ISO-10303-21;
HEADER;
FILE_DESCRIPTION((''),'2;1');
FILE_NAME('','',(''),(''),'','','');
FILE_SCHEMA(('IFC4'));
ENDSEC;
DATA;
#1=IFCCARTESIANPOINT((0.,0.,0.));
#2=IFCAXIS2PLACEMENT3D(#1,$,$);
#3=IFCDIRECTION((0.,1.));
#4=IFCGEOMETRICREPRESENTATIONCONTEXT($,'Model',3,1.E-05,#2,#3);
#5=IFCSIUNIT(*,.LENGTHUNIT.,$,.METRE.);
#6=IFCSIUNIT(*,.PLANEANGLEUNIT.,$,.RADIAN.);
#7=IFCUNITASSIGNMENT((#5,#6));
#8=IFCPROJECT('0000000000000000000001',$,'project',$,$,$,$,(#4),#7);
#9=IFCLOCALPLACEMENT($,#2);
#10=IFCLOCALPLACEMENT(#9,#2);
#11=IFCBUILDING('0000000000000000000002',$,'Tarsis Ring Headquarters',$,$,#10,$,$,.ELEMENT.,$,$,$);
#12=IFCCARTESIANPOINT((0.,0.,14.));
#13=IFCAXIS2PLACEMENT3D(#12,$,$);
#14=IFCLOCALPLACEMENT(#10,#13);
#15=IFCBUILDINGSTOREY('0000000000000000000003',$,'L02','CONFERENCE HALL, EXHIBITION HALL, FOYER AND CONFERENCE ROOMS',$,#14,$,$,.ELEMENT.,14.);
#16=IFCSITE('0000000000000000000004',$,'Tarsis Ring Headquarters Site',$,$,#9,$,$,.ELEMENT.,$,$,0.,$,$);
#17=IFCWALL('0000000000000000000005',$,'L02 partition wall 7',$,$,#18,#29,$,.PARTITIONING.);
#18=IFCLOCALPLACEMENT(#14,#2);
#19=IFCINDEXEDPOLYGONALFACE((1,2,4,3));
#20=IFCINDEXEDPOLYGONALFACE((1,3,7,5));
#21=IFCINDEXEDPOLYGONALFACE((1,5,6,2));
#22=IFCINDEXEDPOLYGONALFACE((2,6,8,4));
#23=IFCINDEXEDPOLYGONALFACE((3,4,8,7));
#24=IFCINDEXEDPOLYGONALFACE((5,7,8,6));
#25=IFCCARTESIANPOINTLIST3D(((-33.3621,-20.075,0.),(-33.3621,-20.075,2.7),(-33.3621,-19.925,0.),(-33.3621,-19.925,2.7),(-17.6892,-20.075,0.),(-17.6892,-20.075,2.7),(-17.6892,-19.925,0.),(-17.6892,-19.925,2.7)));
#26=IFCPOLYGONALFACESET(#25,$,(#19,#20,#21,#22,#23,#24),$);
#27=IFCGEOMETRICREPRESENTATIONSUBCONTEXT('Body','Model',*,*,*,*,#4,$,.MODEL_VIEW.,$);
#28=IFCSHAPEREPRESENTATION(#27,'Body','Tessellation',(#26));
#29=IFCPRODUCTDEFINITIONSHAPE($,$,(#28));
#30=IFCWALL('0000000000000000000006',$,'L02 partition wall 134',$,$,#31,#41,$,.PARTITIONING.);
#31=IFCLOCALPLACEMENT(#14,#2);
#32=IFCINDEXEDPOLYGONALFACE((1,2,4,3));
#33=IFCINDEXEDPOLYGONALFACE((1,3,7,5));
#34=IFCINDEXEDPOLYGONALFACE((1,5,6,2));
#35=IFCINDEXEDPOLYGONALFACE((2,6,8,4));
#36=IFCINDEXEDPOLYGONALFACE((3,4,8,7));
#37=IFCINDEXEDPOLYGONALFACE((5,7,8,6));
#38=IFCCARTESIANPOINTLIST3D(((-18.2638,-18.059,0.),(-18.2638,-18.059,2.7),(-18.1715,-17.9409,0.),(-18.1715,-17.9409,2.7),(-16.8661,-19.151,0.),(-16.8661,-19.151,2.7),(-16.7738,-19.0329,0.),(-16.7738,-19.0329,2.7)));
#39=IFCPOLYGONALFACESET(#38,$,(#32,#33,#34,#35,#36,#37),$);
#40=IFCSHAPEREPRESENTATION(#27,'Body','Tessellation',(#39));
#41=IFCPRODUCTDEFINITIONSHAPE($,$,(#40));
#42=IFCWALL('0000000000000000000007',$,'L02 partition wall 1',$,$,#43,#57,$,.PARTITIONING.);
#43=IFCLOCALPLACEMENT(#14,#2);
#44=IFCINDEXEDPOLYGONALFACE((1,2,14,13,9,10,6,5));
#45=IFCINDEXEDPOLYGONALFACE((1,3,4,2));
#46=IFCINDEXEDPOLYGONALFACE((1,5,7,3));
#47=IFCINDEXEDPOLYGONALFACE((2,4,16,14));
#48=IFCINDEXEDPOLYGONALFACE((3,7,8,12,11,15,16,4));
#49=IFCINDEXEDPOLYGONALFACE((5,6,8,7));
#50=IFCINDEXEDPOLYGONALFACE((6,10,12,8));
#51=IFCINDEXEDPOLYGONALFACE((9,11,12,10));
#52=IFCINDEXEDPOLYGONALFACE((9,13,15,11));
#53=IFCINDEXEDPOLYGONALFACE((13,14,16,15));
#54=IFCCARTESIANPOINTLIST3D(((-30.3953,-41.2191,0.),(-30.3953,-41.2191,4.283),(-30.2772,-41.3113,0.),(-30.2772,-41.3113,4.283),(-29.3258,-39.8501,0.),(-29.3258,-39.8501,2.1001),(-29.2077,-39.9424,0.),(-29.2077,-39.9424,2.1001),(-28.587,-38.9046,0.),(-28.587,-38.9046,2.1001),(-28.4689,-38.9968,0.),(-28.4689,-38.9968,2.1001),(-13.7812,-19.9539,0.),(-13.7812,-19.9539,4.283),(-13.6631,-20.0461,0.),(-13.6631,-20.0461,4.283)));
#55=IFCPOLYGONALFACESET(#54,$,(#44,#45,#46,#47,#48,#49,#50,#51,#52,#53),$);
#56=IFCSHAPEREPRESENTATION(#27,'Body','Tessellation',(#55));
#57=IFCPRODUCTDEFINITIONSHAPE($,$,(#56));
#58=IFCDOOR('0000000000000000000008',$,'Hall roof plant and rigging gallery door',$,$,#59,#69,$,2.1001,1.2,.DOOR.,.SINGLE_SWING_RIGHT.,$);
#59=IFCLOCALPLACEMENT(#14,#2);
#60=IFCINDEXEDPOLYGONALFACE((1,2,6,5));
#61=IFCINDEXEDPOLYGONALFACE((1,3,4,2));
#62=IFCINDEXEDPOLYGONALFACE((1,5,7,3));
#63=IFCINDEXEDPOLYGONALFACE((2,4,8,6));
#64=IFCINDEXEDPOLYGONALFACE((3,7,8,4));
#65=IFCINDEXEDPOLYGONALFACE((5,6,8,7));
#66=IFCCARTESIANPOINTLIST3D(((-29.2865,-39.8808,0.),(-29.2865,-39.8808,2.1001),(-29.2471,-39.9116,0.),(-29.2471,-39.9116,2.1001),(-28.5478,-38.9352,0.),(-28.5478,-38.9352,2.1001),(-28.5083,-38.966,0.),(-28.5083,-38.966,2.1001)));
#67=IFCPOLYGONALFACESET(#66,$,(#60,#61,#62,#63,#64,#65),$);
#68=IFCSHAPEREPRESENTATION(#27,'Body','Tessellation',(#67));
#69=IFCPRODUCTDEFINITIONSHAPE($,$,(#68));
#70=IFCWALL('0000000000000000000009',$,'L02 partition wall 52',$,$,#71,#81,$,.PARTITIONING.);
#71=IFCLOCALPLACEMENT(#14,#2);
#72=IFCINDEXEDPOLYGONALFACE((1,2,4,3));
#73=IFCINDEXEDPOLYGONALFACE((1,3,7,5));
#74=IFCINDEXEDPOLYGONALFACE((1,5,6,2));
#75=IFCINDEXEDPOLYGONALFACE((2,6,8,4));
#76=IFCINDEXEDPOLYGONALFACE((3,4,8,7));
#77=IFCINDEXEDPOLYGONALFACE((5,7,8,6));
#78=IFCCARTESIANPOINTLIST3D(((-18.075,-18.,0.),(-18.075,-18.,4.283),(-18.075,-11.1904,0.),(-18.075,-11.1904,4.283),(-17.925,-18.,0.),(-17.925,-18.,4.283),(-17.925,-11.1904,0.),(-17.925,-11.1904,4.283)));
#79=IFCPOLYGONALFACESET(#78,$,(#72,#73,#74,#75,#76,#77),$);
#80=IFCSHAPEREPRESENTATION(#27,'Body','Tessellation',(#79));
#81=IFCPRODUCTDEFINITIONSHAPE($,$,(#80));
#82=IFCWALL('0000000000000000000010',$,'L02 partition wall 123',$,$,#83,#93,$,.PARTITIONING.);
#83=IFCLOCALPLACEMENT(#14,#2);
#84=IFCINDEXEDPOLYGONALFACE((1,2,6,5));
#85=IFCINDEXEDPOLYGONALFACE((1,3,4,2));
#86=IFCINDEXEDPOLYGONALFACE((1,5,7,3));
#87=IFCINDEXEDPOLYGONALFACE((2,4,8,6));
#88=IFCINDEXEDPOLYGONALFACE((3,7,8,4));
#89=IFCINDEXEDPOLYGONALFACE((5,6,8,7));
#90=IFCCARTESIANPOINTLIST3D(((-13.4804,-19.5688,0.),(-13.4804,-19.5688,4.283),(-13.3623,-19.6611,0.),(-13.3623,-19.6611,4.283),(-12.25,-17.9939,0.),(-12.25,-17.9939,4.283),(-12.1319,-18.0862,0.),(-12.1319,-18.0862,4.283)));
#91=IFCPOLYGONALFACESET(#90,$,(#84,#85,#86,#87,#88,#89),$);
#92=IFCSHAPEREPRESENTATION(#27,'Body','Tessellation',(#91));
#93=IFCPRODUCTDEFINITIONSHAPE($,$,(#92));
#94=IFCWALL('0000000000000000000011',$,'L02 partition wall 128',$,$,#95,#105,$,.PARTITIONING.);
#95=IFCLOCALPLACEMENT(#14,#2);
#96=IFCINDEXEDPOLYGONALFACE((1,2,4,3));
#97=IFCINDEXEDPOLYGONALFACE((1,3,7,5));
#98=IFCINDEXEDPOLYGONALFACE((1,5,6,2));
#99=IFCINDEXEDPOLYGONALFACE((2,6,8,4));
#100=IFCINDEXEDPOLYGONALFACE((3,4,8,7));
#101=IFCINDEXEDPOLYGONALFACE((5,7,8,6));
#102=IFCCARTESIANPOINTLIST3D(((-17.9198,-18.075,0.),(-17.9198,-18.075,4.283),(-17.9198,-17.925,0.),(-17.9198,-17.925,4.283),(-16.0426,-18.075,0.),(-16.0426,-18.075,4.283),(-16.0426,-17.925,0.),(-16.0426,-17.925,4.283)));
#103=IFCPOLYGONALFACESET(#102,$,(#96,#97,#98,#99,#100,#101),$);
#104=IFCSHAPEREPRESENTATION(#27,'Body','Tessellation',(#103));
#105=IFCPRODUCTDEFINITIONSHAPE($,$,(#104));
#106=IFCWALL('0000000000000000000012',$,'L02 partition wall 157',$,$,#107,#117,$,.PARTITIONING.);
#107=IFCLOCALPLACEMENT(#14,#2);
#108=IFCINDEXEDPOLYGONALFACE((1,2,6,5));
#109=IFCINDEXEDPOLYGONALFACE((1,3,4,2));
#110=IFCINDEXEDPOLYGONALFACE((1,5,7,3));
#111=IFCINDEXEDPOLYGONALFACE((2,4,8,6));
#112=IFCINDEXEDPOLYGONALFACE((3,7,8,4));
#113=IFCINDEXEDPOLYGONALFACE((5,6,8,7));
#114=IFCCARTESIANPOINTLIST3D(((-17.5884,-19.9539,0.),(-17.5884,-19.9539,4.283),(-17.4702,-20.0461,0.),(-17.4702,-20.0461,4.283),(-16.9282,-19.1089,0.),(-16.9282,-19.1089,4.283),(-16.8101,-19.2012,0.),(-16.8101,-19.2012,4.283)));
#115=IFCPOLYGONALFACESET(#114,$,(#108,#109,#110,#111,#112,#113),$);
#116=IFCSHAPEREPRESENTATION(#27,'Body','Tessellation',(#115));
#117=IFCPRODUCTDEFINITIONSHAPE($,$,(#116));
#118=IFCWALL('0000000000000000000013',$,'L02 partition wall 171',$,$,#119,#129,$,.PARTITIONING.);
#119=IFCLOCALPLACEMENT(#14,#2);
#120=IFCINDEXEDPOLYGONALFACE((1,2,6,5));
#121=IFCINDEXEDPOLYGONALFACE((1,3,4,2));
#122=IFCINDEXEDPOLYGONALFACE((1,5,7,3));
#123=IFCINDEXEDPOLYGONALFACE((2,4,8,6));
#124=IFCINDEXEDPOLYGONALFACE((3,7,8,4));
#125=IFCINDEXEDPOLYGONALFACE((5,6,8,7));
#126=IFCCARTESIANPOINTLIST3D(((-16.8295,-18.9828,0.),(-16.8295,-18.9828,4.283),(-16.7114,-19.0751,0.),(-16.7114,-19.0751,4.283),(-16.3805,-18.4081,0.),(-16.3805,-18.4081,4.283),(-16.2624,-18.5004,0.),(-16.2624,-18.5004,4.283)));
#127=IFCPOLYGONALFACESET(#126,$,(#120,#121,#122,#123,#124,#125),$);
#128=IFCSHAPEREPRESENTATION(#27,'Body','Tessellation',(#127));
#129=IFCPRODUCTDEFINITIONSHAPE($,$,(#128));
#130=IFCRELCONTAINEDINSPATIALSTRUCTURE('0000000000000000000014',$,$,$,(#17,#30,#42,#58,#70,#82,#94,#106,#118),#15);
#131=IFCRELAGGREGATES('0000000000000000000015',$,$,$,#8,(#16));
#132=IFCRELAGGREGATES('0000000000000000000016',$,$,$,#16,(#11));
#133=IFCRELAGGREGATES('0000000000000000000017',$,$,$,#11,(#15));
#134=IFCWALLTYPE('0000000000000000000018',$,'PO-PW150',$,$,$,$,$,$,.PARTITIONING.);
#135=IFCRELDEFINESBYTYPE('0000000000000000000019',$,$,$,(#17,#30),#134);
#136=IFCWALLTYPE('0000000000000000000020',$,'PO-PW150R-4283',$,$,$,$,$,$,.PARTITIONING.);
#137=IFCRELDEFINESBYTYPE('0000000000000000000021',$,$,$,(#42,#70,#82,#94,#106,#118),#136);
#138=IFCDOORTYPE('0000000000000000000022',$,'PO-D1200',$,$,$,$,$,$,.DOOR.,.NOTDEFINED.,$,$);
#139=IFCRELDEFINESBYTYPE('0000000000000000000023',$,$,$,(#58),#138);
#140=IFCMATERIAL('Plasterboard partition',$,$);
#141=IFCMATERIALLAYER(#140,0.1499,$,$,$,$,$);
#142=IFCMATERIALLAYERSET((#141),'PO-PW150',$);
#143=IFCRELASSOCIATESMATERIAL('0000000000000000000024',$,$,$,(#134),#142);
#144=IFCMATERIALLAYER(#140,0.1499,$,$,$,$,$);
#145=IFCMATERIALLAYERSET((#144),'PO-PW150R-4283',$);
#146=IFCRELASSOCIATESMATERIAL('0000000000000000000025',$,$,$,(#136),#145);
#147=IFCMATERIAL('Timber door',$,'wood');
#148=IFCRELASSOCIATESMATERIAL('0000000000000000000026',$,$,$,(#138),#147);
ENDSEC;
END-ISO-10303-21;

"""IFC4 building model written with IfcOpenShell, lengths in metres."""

from ifc_helpers import new_model, si_unit, direction, frame, frame_2d, origin, place, context, subcontext, project, spatial, rectangle, extrude, material, layer, layer_set, type_object, element, fill, save


model = new_model("IFC4")

# Units and contexts
model_context = context("Model", 3, precision=1e-05, world=origin(), true_north=direction((0.0, 1.0)))
body_context = subcontext(model_context, "Body", "Model", "MODEL_VIEW")
ifc_project = project(units=[si_unit("LENGTHUNIT", "METRE"), si_unit("PLANEANGLEUNIT", "RADIAN")], contexts=[model_context])

# Site, building, storey
site_placement = place(None, origin())
site = spatial("IfcSite", under=ifc_project, at=site_placement, Name="Tarsis Ring Headquarters Site", CompositionType="ELEMENT", RefElevation=0.0)
building_placement = place(site_placement, origin())
building = spatial("IfcBuilding", under=site, at=building_placement, Name="Tarsis Ring Headquarters", CompositionType="ELEMENT")
storey_placement = place(building_placement, frame((0.0, 0.0, 14.0)))
storey = spatial("IfcBuildingStorey", under=building, at=storey_placement, Name="L02", Description="CONFERENCE HALL, EXHIBITION HALL, FOYER AND CONFERENCE ROOMS", CompositionType="ELEMENT", Elevation=14.0)

# Walls
ifc_material_1 = material(Name="Plasterboard partition")
ifc_layer_1 = layer(ifc_material_1, 0.1499)
ifc_layer_set_1 = layer_set([ifc_layer_1], Name="PO-PW150")
wall_type_1 = type_object("IfcWallType", Name="PO-PW150", PredefinedType="PARTITIONING", material=ifc_layer_set_1)
wall_1_placement = place(storey_placement, frame((-17.6892, -20.0, 0.0), z_axis=(0.0, 0.0, 1.0), x_axis=(-1.0, 0.0, 0.0)))
element("IfcWall", 1, at=wall_1_placement, inside=storey, type_object=wall_type_1, Name="L02 partition wall 7", PredefinedType="PARTITIONING", context=body_context, shape_type="SweptSolid", body=[
    extrude(rectangle(XDim=15.6729, YDim=0.1499, at=frame_2d((7.8364, 0.0))), origin(), (0.0, 0.0, 1.0), 2.7),
])
wall_2_placement = place(storey_placement, frame((-18.2175, -18.0, 0.0), z_axis=(0.0, 0.0, 1.0), x_axis=(0.788001, -0.615673, 0.0)))
element("IfcWall", 2, at=wall_2_placement, inside=storey, type_object=wall_type_1, Name="L02 partition wall 134", PredefinedType="PARTITIONING", context=body_context, shape_type="SweptSolid", body=[
    extrude(rectangle(XDim=1.7737, YDim=0.1499, at=frame_2d((0.8867, 0.0))), origin(), (0.0, 0.0, 1.0), 2.7),
])

# Wall, opening, door
ifc_layer_2 = layer(ifc_material_1, 0.1499)
ifc_layer_set_2 = layer_set([ifc_layer_2], Name="PO-PW150R-4283")
wall_type_2 = type_object("IfcWallType", Name="PO-PW150R-4283", PredefinedType="PARTITIONING", material=ifc_layer_set_2)
wall_3_placement = place(storey_placement, frame((-13.7222, -20.0, 0.0), z_axis=(0.0, 0.0, 1.0), x_axis=(-0.615658, -0.788013, 0.0)))
wall_3 = element("IfcWall", 3, at=wall_3_placement, inside=storey, type_object=wall_type_2, Name="L02 partition wall 1", PredefinedType="PARTITIONING", context=body_context, shape_type="SweptSolid", body=[
    extrude(rectangle(XDim=26.9858, YDim=0.1499, at=frame_2d((13.4929, 0.0))), origin(), (0.0, 0.0, 1.0), 4.283),
])
opening_1_placement = place(wall_3_placement, frame((24.0486, 0.0, 0.0)))
opening_1 = element("IfcOpeningElement", 4, at=opening_1_placement, cuts=wall_3, PredefinedType="OPENING", context=body_context, shape_type="SweptSolid", body=[
    extrude(rectangle(XDim=1.2, YDim=2.1001, at=frame_2d((0.6001, 1.05))), frame((0.0, 0.085, 0.0), z_axis=(0.0, -1.0, 0.0), x_axis=(1.0, 0.0, 0.0)), (0.0, 0.0, 1.0), 0.1699),
])
ifc_material_2 = material(Name="Timber door", Category="wood")
door_type_1 = type_object("IfcDoorType", Name="PO-D1200", OperationType="NOTDEFINED", PredefinedType="DOOR", material=ifc_material_2)
door_1_placement = place(opening_1_placement, origin())
door_1 = element("IfcDoor", 5, at=door_1_placement, inside=storey, type_object=door_type_1, Name="Hall roof plant and rigging gallery door", OperationType="SINGLE_SWING_RIGHT", OverallHeight=2.1001, OverallWidth=1.2, PredefinedType="DOOR", context=body_context, shape_type="SweptSolid", body=[
    extrude(rectangle(XDim=1.2, YDim=2.1001, at=frame_2d((0.6001, 1.05))), frame((0.0, 0.0249, 0.0), z_axis=(0.0, -1.0, 0.0), x_axis=(1.0, 0.0, 0.0)), (0.0, 0.0, 1.0), 0.05),
])
fill(opening_1, door_1)

# Walls
wall_4_placement = place(storey_placement, frame((-18.0, -18.0, 0.0), z_axis=(0.0, 0.0, 1.0), x_axis=(0.0, 1.0, 0.0)))
element("IfcWall", 6, at=wall_4_placement, inside=storey, type_object=wall_type_2, Name="L02 partition wall 52", PredefinedType="PARTITIONING", context=body_context, shape_type="SweptSolid", body=[
    extrude(rectangle(XDim=6.8096, YDim=0.1499, at=frame_2d((3.4048, 0.0))), origin(), (0.0, 0.0, 1.0), 4.283),
])
wall_5_placement = place(storey_placement, frame((-12.1909, -18.04, 0.0), z_axis=(0.0, 0.0, 1.0), x_axis=(-0.615656, -0.788015, 0.0)))
element("IfcWall", 7, at=wall_5_placement, inside=storey, type_object=wall_type_2, Name="L02 partition wall 123", PredefinedType="PARTITIONING", context=body_context, shape_type="SweptSolid", body=[
    extrude(rectangle(XDim=1.9985, YDim=0.1499, at=frame_2d((0.9993, 0.0))), origin(), (0.0, 0.0, 1.0), 4.283),
])
wall_6_placement = place(storey_placement, frame((-16.0427, -18.0, 0.0), z_axis=(0.0, 0.0, 1.0), x_axis=(-1.0, 0.0, 0.0)))
element("IfcWall", 8, at=wall_6_placement, inside=storey, type_object=wall_type_2, Name="L02 partition wall 128", PredefinedType="PARTITIONING", context=body_context, shape_type="SweptSolid", body=[
    extrude(rectangle(XDim=1.8772, YDim=0.1499, at=frame_2d((0.9385, 0.0))), origin(), (0.0, 0.0, 1.0), 4.283),
])
wall_7_placement = place(storey_placement, frame((-17.5293, -20.0, 0.0), z_axis=(0.0, 0.0, 1.0), x_axis=(0.615657, 0.788014, 0.0)))
element("IfcWall", 9, at=wall_7_placement, inside=storey, type_object=wall_type_2, Name="L02 partition wall 157", PredefinedType="PARTITIONING", context=body_context, shape_type="SweptSolid", body=[
    extrude(rectangle(XDim=1.0723, YDim=0.1499, at=frame_2d((0.5361, 0.0))), origin(), (0.0, 0.0, 1.0), 4.283),
])
wall_8_placement = place(storey_placement, frame((-16.7705, -19.0291, 0.0), z_axis=(0.0, 0.0, 1.0), x_axis=(0.615631, 0.788035, 0.0)))
element("IfcWall", 10, at=wall_8_placement, inside=storey, type_object=wall_type_2, Name="L02 partition wall 171", PredefinedType="PARTITIONING", context=body_context, shape_type="SweptSolid", body=[
    extrude(rectangle(XDim=0.7292, YDim=0.1499, at=frame_2d((0.3647, 0.0))), origin(), (0.0, 0.0, 1.0), 4.283),
])

save(model, "model.ifc")
